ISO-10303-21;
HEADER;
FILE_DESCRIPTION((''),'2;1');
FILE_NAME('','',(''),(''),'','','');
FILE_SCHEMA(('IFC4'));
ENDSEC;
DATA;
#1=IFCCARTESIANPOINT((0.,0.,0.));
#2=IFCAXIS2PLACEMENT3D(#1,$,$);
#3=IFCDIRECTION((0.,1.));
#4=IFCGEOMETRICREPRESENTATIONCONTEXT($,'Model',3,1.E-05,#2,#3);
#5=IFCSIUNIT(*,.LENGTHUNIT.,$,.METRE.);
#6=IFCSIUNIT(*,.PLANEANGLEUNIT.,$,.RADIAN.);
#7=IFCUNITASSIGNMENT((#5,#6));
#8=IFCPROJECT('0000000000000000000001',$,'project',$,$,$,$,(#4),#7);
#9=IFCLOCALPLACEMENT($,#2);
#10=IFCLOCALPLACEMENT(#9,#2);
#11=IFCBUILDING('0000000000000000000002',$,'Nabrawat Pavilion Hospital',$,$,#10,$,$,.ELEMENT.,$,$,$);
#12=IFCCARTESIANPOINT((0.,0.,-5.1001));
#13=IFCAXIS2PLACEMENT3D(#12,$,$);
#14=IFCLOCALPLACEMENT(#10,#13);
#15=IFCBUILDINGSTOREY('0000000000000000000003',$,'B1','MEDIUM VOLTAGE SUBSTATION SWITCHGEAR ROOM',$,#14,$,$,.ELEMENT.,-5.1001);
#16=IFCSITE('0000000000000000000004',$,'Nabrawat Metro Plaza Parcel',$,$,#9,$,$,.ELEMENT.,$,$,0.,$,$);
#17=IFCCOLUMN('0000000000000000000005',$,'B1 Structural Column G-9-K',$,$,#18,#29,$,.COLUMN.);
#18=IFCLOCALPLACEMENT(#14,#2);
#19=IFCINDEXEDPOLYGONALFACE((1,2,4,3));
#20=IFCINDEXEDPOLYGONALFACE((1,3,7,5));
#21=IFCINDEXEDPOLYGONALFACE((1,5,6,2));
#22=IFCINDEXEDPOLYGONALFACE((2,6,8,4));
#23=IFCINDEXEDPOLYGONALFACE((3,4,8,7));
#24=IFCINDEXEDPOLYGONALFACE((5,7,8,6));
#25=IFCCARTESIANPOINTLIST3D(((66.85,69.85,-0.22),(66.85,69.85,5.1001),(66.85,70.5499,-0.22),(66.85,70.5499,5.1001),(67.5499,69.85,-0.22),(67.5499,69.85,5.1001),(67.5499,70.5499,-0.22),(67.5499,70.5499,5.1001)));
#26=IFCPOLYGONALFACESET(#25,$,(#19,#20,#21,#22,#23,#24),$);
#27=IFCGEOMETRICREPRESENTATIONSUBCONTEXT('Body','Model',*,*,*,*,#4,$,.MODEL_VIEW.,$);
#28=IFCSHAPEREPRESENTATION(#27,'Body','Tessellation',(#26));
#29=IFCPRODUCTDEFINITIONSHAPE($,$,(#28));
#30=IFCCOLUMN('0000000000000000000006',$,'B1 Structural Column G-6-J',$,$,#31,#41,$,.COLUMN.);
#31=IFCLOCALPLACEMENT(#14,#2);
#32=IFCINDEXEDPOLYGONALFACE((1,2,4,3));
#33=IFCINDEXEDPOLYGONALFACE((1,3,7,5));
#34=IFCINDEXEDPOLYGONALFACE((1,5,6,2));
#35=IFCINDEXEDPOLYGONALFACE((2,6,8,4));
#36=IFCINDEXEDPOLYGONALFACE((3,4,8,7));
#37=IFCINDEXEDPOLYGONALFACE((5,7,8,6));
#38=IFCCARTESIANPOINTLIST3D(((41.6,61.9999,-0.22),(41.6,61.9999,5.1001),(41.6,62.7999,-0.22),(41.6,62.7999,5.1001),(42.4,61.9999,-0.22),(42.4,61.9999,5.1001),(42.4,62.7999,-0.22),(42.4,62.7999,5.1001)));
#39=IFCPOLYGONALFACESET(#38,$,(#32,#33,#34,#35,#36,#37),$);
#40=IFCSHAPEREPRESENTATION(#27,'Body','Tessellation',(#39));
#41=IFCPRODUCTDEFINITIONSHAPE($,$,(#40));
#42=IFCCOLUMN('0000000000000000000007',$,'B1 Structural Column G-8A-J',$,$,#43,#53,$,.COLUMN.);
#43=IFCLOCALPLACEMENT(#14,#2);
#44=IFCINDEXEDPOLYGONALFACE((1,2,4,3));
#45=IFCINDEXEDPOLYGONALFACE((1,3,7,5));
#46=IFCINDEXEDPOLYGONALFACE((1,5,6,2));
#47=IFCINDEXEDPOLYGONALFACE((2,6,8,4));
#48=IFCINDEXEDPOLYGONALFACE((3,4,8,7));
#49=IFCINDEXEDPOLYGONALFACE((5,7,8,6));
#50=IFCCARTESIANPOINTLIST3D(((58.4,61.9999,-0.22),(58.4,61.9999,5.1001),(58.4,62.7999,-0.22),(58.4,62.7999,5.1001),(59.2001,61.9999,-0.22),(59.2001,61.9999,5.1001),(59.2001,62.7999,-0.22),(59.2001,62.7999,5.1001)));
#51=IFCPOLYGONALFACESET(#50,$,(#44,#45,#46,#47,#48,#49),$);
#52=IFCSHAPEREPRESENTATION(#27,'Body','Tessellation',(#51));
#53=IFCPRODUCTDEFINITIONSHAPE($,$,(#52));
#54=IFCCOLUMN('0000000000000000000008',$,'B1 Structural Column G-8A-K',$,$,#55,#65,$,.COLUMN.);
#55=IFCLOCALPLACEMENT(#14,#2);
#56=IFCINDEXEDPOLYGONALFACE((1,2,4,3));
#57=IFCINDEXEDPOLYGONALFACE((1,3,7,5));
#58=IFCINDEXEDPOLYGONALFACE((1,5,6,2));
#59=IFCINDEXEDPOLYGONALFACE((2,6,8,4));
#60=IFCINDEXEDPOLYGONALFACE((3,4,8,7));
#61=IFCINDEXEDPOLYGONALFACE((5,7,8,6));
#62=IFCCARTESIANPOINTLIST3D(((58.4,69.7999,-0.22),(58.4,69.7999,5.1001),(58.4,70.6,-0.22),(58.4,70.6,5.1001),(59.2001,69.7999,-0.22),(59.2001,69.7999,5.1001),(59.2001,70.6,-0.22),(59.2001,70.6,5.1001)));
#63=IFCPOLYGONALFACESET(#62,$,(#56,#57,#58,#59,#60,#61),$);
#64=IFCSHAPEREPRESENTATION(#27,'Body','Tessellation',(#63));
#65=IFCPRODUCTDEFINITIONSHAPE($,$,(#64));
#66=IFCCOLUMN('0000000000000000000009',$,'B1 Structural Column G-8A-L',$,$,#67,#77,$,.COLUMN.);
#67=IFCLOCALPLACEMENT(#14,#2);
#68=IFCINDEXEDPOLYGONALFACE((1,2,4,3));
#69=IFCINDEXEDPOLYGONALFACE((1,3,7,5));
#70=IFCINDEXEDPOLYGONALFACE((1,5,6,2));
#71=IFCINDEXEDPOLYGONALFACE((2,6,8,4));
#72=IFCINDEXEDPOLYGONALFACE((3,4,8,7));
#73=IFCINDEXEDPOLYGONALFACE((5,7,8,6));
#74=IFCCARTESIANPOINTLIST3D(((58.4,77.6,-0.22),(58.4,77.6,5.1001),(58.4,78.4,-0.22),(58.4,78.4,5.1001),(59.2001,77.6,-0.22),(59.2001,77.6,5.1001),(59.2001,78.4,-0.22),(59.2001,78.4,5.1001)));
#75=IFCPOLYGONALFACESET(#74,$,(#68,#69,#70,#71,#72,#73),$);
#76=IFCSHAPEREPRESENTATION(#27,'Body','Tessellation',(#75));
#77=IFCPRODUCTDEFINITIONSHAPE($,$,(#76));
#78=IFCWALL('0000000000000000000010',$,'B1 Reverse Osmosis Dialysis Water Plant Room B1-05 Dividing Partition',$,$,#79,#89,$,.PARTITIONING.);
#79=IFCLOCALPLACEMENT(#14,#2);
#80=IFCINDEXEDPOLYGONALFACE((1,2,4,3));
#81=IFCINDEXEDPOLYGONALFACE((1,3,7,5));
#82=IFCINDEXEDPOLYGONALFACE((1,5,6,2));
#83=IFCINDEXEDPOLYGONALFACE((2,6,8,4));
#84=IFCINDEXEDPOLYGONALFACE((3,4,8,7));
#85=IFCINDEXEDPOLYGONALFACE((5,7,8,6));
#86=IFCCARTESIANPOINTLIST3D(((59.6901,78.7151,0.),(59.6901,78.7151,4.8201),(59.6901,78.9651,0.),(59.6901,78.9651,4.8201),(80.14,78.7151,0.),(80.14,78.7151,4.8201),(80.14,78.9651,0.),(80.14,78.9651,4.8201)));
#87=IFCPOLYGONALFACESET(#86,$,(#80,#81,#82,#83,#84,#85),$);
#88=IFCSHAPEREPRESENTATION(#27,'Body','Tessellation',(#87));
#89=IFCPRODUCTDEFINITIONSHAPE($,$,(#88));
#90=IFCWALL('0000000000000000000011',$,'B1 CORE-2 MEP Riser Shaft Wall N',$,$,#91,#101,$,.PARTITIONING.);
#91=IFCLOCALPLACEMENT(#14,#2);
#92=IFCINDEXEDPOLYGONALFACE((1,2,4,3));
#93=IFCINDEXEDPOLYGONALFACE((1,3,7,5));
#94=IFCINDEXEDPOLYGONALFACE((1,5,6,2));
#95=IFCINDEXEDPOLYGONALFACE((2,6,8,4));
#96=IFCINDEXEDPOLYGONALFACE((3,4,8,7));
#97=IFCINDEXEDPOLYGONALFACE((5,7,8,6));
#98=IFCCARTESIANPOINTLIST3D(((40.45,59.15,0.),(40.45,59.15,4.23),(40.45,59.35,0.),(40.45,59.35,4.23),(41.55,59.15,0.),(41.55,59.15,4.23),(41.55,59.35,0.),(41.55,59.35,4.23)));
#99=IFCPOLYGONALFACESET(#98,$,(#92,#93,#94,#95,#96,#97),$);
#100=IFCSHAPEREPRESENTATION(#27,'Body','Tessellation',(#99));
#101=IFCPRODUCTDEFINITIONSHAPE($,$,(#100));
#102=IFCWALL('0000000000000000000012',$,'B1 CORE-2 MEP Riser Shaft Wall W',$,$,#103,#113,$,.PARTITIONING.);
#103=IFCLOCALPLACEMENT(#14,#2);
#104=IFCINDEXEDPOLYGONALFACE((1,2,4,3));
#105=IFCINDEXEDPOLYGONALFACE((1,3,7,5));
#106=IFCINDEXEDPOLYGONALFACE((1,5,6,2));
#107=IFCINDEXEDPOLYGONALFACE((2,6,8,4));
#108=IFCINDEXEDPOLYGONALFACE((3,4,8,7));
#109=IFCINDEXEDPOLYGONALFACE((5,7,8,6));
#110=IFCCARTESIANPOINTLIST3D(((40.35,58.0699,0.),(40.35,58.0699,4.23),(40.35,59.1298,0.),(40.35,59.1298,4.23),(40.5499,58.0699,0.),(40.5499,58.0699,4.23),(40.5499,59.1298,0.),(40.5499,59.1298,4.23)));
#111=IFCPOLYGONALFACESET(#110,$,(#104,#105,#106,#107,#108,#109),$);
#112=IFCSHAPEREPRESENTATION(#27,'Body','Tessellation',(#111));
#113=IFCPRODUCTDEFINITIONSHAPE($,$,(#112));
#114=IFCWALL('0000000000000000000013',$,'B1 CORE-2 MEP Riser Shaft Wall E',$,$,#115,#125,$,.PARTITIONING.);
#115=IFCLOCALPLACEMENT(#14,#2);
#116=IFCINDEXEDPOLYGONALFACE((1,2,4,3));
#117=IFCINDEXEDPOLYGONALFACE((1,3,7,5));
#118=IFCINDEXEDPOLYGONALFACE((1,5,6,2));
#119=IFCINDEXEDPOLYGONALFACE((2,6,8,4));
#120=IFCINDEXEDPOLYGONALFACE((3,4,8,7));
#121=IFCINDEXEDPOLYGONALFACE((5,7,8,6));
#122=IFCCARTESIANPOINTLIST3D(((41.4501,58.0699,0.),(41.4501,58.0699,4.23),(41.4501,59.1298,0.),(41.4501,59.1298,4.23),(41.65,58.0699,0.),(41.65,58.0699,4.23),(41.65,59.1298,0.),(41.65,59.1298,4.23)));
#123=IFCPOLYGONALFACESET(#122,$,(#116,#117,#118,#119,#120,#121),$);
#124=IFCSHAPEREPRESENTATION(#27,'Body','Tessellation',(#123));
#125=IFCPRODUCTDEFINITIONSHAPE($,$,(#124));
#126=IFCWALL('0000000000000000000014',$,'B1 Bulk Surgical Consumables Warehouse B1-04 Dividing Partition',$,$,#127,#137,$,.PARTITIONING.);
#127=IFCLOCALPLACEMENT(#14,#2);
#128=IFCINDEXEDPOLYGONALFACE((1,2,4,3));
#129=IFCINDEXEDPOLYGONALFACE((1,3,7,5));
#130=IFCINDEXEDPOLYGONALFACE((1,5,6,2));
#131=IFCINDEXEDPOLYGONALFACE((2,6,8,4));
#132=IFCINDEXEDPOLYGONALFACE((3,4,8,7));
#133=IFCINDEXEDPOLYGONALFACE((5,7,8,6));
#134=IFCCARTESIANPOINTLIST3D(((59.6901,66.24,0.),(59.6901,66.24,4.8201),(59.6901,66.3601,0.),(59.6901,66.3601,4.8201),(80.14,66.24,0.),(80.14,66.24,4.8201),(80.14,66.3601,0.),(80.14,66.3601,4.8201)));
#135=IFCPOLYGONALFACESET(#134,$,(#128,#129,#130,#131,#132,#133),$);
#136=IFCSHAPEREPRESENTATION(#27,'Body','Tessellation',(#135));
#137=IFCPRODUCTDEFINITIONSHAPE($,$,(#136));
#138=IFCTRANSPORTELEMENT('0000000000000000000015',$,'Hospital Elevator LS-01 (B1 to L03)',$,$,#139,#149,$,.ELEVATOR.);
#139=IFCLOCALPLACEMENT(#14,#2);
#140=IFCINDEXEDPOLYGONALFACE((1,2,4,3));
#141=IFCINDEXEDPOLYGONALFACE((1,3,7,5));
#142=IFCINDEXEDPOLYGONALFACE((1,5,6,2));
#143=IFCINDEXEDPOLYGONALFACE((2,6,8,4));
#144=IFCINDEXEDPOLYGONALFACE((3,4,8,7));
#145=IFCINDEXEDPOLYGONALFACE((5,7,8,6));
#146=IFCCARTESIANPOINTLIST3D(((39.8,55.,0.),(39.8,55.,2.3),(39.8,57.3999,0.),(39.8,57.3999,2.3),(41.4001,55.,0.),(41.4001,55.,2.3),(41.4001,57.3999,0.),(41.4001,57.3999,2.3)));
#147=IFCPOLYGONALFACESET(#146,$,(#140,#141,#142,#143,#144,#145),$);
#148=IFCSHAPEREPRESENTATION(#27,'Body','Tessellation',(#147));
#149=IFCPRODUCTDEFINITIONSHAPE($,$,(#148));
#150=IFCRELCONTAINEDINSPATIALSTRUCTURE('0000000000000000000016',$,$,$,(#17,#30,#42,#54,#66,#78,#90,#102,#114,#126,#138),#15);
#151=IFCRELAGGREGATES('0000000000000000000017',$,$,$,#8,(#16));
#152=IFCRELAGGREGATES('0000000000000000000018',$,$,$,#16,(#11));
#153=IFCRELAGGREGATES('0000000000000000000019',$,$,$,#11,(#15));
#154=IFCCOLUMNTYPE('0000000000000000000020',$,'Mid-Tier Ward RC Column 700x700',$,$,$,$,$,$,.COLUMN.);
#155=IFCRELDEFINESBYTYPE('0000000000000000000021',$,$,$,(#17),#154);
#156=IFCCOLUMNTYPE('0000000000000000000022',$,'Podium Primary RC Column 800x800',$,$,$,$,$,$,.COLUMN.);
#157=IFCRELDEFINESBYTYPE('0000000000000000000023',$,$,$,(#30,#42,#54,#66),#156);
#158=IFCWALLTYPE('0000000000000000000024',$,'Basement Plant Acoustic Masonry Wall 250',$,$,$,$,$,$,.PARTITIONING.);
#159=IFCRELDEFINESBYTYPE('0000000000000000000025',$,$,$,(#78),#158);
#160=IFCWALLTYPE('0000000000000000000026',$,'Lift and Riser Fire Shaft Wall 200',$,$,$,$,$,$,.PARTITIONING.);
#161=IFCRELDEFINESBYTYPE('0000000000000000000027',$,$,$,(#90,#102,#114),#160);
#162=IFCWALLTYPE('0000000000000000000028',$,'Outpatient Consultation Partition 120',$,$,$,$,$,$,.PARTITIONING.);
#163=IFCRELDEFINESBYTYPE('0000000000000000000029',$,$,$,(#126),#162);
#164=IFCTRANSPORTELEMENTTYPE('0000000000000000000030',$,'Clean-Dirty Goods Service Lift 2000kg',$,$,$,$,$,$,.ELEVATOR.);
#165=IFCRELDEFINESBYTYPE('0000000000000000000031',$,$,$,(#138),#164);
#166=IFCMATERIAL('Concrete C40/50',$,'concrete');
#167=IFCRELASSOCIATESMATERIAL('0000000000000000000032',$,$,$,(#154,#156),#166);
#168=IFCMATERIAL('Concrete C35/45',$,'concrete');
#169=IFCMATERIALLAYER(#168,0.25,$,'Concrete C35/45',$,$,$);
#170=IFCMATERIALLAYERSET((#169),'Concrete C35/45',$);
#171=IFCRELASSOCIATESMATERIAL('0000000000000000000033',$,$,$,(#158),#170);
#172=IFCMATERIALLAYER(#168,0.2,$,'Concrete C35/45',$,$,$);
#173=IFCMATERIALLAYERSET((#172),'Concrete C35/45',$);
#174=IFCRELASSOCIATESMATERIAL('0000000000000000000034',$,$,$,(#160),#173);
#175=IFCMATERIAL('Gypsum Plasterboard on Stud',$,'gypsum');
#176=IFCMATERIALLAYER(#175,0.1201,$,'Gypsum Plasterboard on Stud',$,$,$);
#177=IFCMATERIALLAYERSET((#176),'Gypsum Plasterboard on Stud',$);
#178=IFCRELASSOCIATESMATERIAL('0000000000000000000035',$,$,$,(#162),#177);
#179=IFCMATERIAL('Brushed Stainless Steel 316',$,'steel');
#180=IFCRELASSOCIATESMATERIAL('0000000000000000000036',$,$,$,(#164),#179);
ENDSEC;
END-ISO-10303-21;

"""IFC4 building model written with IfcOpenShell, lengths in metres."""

from ifc_helpers import new_model, si_unit, direction, frame, frame_2d, origin, origin_2d, place, context, subcontext, project, spatial, rectangle, extrude, material, layer, layer_set, material_profile, profile_set, type_object, element, save


model = new_model("IFC4")

# Units and contexts
model_context = context("Model", 3, precision=1e-05, world=origin(), true_north=direction((0.0, 1.0)))
body_context = subcontext(model_context, "Body", "Model", "MODEL_VIEW")
ifc_project = project(units=[si_unit("LENGTHUNIT", "METRE"), si_unit("PLANEANGLEUNIT", "RADIAN")], contexts=[model_context])

# Site, building, storey
site_placement = place(None, origin())
site = spatial("IfcSite", under=ifc_project, at=site_placement, Name="Nabrawat Metro Plaza Parcel", CompositionType="ELEMENT", RefElevation=0.0)
building_placement = place(site_placement, origin())
building = spatial("IfcBuilding", under=site, at=building_placement, Name="Nabrawat Pavilion Hospital", CompositionType="ELEMENT")
storey_placement = place(building_placement, frame((0.0, 0.0, -5.1001)))
storey = spatial("IfcBuildingStorey", under=building, at=storey_placement, Name="B1", Description="MEDIUM VOLTAGE SUBSTATION SWITCHGEAR ROOM", CompositionType="ELEMENT", Elevation=-5.1001)

# Shared definitions
ifc_material_1 = material(Name="Concrete C35/45", Category="concrete")

# Columns
ifc_material_2 = material(Name="Concrete C40/50", Category="concrete")
ifc_material_profile_1 = material_profile(ifc_material_2, rectangle(XDim=0.7, YDim=0.7, at=origin_2d()), Name="RC 700x700")
ifc_profile_set_1 = profile_set([ifc_material_profile_1], Name="Concrete C40/50")
column_type_1 = type_object("IfcColumnType", Name="Mid-Tier Ward RC Column 700x700", PredefinedType="COLUMN", material=ifc_profile_set_1)
column_placement = place(storey_placement, frame((67.2, 70.2, -0.22), z_axis=(0.0, 0.0, 1.0), x_axis=(1.0, 0.0, 0.0)))
element("IfcColumn", 1, at=column_placement, inside=storey, type_object=column_type_1, Name="B1 Structural Column G-9-K", PredefinedType="COLUMN", context=body_context, shape_type="SweptSolid", body=[
    extrude(rectangle(XDim=0.7, YDim=0.7, at=origin_2d()), origin(), (0.0, 0.0, 1.0), 5.3201),
])
ifc_material_profile_2 = material_profile(ifc_material_2, rectangle(XDim=0.8, YDim=0.8, at=origin_2d()), Name="RC 800x800")
ifc_profile_set_2 = profile_set([ifc_material_profile_2], Name="Concrete C40/50")
column_type_2 = type_object("IfcColumnType", Name="Podium Primary RC Column 800x800", PredefinedType="COLUMN", material=ifc_profile_set_2)
for number, where, z_axis, x_axis, name in (
    (2, (42.0, 62.3999, -0.22), (0.0, 0.0, 1.0), (1.0, 0.0, 0.0), "B1 Structural Column G-6-J"),
    (3, (58.8, 62.3999, -0.22), (0.0, 0.0, 1.0), (1.0, 0.0, 0.0), "B1 Structural Column G-8A-J"),
    (4, (58.8, 70.2, -0.22), (0.0, 0.0, 1.0), (1.0, 0.0, 0.0), "B1 Structural Column G-8A-K"),
    (5, (58.8, 78.0, -0.22), (0.0, 0.0, 1.0), (1.0, 0.0, 0.0), "B1 Structural Column G-8A-L"),
):
    element("IfcColumn", number, at=place(storey_placement, frame(where, z_axis=z_axis, x_axis=x_axis)), inside=storey, type_object=column_type_2, Name=name, PredefinedType="COLUMN", context=body_context, shape_type="SweptSolid", body=[
        extrude(rectangle(XDim=0.8, YDim=0.8, at=origin_2d()), origin(), (0.0, 0.0, 1.0), 5.3201),
    ])

# Walls
ifc_layer_1 = layer(ifc_material_1, 0.25, Name="Concrete C35/45")
ifc_layer_set_1 = layer_set([ifc_layer_1], Name="Concrete C35/45")
wall_type_1 = type_object("IfcWallType", Name="Basement Plant Acoustic Masonry Wall 250", PredefinedType="PARTITIONING", material=ifc_layer_set_1)
wall_1_placement = place(storey_placement, frame((59.6899, 78.8401, 0.0), z_axis=(0.0, 0.0, 1.0), x_axis=(1.0, 0.0, 0.0)))
element("IfcWall", 6, at=wall_1_placement, inside=storey, type_object=wall_type_1, Name="B1 Reverse Osmosis Dialysis Water Plant Room B1-05 Dividing Partition", PredefinedType="PARTITIONING", context=body_context, shape_type="SweptSolid", body=[
    extrude(rectangle(XDim=20.45, YDim=0.25, at=frame_2d((10.2251, 0.0))), origin(), (0.0, 0.0, 1.0), 4.8201),
])
ifc_layer_2 = layer(ifc_material_1, 0.2, Name="Concrete C35/45")
ifc_layer_set_2 = layer_set([ifc_layer_2], Name="Concrete C35/45")
wall_type_2 = type_object("IfcWallType", Name="Lift and Riser Fire Shaft Wall 200", PredefinedType="PARTITIONING", material=ifc_layer_set_2)
wall_2_placement = place(storey_placement, frame((40.45, 59.25, 0.0), z_axis=(0.0, 0.0, 1.0), x_axis=(1.0, 0.0, 0.0)))
element("IfcWall", 7, at=wall_2_placement, inside=storey, type_object=wall_type_2, Name="B1 CORE-2 MEP Riser Shaft Wall N", PredefinedType="PARTITIONING", context=body_context, shape_type="SweptSolid", body=[
    extrude(rectangle(XDim=1.1001, YDim=0.2, at=frame_2d((0.55, 0.0))), origin(), (0.0, 0.0, 1.0), 4.23),
])
for number, where, z_axis, x_axis, name in (
    (8, (40.45, 58.0701, 0.0), (0.0, 0.0, 1.0), (0.0, 1.0, 0.0), "B1 CORE-2 MEP Riser Shaft Wall W"),
    (9, (41.55, 58.0701, 0.0), (0.0, 0.0, 1.0), (0.0, 1.0, 0.0), "B1 CORE-2 MEP Riser Shaft Wall E"),
):
    element("IfcWall", number, at=place(storey_placement, frame(where, z_axis=z_axis, x_axis=x_axis)), inside=storey, type_object=wall_type_2, Name=name, PredefinedType="PARTITIONING", context=body_context, shape_type="SweptSolid", body=[
        extrude(rectangle(XDim=1.0598, YDim=0.2, at=frame_2d((0.5298, 0.0))), origin(), (0.0, 0.0, 1.0), 4.23),
    ])
ifc_material_3 = material(Name="Gypsum Plasterboard on Stud", Category="gypsum")
ifc_layer_3 = layer(ifc_material_3, 0.1201, Name="Gypsum Plasterboard on Stud")
ifc_layer_set_3 = layer_set([ifc_layer_3], Name="Gypsum Plasterboard on Stud")
wall_type_3 = type_object("IfcWallType", Name="Outpatient Consultation Partition 120", PredefinedType="PARTITIONING", material=ifc_layer_set_3)
wall_3_placement = place(storey_placement, frame((59.6899, 66.3, 0.0), z_axis=(0.0, 0.0, 1.0), x_axis=(1.0, 0.0, 0.0)))
element("IfcWall", 10, at=wall_3_placement, inside=storey, type_object=wall_type_3, Name="B1 Bulk Surgical Consumables Warehouse B1-04 Dividing Partition", PredefinedType="PARTITIONING", context=body_context, shape_type="SweptSolid", body=[
    extrude(rectangle(XDim=20.45, YDim=0.1201, at=frame_2d((10.2251, 0.0))), origin(), (0.0, 0.0, 1.0), 4.8201),
])

# Transport element
ifc_material_4 = material(Name="Brushed Stainless Steel 316", Category="steel")
transport_element_type = type_object("IfcTransportElementType", Name="Clean-Dirty Goods Service Lift 2000kg", PredefinedType="ELEVATOR", material=ifc_material_4)
transport_element_placement = place(storey_placement, frame((40.6001, 56.2, 0.0), z_axis=(0.0, 0.0, 1.0), x_axis=(1.0, 0.0, 0.0)))
element("IfcTransportElement", 11, at=transport_element_placement, inside=storey, type_object=transport_element_type, Name="Hospital Elevator LS-01 (B1 to L03)", PredefinedType="ELEVATOR", context=body_context, shape_type="SweptSolid", body=[
    extrude(rectangle(XDim=1.6001, YDim=2.3999, at=origin_2d()), origin(), (0.0, 0.0, 1.0), 2.3),
])

save(model, "model.ifc")
